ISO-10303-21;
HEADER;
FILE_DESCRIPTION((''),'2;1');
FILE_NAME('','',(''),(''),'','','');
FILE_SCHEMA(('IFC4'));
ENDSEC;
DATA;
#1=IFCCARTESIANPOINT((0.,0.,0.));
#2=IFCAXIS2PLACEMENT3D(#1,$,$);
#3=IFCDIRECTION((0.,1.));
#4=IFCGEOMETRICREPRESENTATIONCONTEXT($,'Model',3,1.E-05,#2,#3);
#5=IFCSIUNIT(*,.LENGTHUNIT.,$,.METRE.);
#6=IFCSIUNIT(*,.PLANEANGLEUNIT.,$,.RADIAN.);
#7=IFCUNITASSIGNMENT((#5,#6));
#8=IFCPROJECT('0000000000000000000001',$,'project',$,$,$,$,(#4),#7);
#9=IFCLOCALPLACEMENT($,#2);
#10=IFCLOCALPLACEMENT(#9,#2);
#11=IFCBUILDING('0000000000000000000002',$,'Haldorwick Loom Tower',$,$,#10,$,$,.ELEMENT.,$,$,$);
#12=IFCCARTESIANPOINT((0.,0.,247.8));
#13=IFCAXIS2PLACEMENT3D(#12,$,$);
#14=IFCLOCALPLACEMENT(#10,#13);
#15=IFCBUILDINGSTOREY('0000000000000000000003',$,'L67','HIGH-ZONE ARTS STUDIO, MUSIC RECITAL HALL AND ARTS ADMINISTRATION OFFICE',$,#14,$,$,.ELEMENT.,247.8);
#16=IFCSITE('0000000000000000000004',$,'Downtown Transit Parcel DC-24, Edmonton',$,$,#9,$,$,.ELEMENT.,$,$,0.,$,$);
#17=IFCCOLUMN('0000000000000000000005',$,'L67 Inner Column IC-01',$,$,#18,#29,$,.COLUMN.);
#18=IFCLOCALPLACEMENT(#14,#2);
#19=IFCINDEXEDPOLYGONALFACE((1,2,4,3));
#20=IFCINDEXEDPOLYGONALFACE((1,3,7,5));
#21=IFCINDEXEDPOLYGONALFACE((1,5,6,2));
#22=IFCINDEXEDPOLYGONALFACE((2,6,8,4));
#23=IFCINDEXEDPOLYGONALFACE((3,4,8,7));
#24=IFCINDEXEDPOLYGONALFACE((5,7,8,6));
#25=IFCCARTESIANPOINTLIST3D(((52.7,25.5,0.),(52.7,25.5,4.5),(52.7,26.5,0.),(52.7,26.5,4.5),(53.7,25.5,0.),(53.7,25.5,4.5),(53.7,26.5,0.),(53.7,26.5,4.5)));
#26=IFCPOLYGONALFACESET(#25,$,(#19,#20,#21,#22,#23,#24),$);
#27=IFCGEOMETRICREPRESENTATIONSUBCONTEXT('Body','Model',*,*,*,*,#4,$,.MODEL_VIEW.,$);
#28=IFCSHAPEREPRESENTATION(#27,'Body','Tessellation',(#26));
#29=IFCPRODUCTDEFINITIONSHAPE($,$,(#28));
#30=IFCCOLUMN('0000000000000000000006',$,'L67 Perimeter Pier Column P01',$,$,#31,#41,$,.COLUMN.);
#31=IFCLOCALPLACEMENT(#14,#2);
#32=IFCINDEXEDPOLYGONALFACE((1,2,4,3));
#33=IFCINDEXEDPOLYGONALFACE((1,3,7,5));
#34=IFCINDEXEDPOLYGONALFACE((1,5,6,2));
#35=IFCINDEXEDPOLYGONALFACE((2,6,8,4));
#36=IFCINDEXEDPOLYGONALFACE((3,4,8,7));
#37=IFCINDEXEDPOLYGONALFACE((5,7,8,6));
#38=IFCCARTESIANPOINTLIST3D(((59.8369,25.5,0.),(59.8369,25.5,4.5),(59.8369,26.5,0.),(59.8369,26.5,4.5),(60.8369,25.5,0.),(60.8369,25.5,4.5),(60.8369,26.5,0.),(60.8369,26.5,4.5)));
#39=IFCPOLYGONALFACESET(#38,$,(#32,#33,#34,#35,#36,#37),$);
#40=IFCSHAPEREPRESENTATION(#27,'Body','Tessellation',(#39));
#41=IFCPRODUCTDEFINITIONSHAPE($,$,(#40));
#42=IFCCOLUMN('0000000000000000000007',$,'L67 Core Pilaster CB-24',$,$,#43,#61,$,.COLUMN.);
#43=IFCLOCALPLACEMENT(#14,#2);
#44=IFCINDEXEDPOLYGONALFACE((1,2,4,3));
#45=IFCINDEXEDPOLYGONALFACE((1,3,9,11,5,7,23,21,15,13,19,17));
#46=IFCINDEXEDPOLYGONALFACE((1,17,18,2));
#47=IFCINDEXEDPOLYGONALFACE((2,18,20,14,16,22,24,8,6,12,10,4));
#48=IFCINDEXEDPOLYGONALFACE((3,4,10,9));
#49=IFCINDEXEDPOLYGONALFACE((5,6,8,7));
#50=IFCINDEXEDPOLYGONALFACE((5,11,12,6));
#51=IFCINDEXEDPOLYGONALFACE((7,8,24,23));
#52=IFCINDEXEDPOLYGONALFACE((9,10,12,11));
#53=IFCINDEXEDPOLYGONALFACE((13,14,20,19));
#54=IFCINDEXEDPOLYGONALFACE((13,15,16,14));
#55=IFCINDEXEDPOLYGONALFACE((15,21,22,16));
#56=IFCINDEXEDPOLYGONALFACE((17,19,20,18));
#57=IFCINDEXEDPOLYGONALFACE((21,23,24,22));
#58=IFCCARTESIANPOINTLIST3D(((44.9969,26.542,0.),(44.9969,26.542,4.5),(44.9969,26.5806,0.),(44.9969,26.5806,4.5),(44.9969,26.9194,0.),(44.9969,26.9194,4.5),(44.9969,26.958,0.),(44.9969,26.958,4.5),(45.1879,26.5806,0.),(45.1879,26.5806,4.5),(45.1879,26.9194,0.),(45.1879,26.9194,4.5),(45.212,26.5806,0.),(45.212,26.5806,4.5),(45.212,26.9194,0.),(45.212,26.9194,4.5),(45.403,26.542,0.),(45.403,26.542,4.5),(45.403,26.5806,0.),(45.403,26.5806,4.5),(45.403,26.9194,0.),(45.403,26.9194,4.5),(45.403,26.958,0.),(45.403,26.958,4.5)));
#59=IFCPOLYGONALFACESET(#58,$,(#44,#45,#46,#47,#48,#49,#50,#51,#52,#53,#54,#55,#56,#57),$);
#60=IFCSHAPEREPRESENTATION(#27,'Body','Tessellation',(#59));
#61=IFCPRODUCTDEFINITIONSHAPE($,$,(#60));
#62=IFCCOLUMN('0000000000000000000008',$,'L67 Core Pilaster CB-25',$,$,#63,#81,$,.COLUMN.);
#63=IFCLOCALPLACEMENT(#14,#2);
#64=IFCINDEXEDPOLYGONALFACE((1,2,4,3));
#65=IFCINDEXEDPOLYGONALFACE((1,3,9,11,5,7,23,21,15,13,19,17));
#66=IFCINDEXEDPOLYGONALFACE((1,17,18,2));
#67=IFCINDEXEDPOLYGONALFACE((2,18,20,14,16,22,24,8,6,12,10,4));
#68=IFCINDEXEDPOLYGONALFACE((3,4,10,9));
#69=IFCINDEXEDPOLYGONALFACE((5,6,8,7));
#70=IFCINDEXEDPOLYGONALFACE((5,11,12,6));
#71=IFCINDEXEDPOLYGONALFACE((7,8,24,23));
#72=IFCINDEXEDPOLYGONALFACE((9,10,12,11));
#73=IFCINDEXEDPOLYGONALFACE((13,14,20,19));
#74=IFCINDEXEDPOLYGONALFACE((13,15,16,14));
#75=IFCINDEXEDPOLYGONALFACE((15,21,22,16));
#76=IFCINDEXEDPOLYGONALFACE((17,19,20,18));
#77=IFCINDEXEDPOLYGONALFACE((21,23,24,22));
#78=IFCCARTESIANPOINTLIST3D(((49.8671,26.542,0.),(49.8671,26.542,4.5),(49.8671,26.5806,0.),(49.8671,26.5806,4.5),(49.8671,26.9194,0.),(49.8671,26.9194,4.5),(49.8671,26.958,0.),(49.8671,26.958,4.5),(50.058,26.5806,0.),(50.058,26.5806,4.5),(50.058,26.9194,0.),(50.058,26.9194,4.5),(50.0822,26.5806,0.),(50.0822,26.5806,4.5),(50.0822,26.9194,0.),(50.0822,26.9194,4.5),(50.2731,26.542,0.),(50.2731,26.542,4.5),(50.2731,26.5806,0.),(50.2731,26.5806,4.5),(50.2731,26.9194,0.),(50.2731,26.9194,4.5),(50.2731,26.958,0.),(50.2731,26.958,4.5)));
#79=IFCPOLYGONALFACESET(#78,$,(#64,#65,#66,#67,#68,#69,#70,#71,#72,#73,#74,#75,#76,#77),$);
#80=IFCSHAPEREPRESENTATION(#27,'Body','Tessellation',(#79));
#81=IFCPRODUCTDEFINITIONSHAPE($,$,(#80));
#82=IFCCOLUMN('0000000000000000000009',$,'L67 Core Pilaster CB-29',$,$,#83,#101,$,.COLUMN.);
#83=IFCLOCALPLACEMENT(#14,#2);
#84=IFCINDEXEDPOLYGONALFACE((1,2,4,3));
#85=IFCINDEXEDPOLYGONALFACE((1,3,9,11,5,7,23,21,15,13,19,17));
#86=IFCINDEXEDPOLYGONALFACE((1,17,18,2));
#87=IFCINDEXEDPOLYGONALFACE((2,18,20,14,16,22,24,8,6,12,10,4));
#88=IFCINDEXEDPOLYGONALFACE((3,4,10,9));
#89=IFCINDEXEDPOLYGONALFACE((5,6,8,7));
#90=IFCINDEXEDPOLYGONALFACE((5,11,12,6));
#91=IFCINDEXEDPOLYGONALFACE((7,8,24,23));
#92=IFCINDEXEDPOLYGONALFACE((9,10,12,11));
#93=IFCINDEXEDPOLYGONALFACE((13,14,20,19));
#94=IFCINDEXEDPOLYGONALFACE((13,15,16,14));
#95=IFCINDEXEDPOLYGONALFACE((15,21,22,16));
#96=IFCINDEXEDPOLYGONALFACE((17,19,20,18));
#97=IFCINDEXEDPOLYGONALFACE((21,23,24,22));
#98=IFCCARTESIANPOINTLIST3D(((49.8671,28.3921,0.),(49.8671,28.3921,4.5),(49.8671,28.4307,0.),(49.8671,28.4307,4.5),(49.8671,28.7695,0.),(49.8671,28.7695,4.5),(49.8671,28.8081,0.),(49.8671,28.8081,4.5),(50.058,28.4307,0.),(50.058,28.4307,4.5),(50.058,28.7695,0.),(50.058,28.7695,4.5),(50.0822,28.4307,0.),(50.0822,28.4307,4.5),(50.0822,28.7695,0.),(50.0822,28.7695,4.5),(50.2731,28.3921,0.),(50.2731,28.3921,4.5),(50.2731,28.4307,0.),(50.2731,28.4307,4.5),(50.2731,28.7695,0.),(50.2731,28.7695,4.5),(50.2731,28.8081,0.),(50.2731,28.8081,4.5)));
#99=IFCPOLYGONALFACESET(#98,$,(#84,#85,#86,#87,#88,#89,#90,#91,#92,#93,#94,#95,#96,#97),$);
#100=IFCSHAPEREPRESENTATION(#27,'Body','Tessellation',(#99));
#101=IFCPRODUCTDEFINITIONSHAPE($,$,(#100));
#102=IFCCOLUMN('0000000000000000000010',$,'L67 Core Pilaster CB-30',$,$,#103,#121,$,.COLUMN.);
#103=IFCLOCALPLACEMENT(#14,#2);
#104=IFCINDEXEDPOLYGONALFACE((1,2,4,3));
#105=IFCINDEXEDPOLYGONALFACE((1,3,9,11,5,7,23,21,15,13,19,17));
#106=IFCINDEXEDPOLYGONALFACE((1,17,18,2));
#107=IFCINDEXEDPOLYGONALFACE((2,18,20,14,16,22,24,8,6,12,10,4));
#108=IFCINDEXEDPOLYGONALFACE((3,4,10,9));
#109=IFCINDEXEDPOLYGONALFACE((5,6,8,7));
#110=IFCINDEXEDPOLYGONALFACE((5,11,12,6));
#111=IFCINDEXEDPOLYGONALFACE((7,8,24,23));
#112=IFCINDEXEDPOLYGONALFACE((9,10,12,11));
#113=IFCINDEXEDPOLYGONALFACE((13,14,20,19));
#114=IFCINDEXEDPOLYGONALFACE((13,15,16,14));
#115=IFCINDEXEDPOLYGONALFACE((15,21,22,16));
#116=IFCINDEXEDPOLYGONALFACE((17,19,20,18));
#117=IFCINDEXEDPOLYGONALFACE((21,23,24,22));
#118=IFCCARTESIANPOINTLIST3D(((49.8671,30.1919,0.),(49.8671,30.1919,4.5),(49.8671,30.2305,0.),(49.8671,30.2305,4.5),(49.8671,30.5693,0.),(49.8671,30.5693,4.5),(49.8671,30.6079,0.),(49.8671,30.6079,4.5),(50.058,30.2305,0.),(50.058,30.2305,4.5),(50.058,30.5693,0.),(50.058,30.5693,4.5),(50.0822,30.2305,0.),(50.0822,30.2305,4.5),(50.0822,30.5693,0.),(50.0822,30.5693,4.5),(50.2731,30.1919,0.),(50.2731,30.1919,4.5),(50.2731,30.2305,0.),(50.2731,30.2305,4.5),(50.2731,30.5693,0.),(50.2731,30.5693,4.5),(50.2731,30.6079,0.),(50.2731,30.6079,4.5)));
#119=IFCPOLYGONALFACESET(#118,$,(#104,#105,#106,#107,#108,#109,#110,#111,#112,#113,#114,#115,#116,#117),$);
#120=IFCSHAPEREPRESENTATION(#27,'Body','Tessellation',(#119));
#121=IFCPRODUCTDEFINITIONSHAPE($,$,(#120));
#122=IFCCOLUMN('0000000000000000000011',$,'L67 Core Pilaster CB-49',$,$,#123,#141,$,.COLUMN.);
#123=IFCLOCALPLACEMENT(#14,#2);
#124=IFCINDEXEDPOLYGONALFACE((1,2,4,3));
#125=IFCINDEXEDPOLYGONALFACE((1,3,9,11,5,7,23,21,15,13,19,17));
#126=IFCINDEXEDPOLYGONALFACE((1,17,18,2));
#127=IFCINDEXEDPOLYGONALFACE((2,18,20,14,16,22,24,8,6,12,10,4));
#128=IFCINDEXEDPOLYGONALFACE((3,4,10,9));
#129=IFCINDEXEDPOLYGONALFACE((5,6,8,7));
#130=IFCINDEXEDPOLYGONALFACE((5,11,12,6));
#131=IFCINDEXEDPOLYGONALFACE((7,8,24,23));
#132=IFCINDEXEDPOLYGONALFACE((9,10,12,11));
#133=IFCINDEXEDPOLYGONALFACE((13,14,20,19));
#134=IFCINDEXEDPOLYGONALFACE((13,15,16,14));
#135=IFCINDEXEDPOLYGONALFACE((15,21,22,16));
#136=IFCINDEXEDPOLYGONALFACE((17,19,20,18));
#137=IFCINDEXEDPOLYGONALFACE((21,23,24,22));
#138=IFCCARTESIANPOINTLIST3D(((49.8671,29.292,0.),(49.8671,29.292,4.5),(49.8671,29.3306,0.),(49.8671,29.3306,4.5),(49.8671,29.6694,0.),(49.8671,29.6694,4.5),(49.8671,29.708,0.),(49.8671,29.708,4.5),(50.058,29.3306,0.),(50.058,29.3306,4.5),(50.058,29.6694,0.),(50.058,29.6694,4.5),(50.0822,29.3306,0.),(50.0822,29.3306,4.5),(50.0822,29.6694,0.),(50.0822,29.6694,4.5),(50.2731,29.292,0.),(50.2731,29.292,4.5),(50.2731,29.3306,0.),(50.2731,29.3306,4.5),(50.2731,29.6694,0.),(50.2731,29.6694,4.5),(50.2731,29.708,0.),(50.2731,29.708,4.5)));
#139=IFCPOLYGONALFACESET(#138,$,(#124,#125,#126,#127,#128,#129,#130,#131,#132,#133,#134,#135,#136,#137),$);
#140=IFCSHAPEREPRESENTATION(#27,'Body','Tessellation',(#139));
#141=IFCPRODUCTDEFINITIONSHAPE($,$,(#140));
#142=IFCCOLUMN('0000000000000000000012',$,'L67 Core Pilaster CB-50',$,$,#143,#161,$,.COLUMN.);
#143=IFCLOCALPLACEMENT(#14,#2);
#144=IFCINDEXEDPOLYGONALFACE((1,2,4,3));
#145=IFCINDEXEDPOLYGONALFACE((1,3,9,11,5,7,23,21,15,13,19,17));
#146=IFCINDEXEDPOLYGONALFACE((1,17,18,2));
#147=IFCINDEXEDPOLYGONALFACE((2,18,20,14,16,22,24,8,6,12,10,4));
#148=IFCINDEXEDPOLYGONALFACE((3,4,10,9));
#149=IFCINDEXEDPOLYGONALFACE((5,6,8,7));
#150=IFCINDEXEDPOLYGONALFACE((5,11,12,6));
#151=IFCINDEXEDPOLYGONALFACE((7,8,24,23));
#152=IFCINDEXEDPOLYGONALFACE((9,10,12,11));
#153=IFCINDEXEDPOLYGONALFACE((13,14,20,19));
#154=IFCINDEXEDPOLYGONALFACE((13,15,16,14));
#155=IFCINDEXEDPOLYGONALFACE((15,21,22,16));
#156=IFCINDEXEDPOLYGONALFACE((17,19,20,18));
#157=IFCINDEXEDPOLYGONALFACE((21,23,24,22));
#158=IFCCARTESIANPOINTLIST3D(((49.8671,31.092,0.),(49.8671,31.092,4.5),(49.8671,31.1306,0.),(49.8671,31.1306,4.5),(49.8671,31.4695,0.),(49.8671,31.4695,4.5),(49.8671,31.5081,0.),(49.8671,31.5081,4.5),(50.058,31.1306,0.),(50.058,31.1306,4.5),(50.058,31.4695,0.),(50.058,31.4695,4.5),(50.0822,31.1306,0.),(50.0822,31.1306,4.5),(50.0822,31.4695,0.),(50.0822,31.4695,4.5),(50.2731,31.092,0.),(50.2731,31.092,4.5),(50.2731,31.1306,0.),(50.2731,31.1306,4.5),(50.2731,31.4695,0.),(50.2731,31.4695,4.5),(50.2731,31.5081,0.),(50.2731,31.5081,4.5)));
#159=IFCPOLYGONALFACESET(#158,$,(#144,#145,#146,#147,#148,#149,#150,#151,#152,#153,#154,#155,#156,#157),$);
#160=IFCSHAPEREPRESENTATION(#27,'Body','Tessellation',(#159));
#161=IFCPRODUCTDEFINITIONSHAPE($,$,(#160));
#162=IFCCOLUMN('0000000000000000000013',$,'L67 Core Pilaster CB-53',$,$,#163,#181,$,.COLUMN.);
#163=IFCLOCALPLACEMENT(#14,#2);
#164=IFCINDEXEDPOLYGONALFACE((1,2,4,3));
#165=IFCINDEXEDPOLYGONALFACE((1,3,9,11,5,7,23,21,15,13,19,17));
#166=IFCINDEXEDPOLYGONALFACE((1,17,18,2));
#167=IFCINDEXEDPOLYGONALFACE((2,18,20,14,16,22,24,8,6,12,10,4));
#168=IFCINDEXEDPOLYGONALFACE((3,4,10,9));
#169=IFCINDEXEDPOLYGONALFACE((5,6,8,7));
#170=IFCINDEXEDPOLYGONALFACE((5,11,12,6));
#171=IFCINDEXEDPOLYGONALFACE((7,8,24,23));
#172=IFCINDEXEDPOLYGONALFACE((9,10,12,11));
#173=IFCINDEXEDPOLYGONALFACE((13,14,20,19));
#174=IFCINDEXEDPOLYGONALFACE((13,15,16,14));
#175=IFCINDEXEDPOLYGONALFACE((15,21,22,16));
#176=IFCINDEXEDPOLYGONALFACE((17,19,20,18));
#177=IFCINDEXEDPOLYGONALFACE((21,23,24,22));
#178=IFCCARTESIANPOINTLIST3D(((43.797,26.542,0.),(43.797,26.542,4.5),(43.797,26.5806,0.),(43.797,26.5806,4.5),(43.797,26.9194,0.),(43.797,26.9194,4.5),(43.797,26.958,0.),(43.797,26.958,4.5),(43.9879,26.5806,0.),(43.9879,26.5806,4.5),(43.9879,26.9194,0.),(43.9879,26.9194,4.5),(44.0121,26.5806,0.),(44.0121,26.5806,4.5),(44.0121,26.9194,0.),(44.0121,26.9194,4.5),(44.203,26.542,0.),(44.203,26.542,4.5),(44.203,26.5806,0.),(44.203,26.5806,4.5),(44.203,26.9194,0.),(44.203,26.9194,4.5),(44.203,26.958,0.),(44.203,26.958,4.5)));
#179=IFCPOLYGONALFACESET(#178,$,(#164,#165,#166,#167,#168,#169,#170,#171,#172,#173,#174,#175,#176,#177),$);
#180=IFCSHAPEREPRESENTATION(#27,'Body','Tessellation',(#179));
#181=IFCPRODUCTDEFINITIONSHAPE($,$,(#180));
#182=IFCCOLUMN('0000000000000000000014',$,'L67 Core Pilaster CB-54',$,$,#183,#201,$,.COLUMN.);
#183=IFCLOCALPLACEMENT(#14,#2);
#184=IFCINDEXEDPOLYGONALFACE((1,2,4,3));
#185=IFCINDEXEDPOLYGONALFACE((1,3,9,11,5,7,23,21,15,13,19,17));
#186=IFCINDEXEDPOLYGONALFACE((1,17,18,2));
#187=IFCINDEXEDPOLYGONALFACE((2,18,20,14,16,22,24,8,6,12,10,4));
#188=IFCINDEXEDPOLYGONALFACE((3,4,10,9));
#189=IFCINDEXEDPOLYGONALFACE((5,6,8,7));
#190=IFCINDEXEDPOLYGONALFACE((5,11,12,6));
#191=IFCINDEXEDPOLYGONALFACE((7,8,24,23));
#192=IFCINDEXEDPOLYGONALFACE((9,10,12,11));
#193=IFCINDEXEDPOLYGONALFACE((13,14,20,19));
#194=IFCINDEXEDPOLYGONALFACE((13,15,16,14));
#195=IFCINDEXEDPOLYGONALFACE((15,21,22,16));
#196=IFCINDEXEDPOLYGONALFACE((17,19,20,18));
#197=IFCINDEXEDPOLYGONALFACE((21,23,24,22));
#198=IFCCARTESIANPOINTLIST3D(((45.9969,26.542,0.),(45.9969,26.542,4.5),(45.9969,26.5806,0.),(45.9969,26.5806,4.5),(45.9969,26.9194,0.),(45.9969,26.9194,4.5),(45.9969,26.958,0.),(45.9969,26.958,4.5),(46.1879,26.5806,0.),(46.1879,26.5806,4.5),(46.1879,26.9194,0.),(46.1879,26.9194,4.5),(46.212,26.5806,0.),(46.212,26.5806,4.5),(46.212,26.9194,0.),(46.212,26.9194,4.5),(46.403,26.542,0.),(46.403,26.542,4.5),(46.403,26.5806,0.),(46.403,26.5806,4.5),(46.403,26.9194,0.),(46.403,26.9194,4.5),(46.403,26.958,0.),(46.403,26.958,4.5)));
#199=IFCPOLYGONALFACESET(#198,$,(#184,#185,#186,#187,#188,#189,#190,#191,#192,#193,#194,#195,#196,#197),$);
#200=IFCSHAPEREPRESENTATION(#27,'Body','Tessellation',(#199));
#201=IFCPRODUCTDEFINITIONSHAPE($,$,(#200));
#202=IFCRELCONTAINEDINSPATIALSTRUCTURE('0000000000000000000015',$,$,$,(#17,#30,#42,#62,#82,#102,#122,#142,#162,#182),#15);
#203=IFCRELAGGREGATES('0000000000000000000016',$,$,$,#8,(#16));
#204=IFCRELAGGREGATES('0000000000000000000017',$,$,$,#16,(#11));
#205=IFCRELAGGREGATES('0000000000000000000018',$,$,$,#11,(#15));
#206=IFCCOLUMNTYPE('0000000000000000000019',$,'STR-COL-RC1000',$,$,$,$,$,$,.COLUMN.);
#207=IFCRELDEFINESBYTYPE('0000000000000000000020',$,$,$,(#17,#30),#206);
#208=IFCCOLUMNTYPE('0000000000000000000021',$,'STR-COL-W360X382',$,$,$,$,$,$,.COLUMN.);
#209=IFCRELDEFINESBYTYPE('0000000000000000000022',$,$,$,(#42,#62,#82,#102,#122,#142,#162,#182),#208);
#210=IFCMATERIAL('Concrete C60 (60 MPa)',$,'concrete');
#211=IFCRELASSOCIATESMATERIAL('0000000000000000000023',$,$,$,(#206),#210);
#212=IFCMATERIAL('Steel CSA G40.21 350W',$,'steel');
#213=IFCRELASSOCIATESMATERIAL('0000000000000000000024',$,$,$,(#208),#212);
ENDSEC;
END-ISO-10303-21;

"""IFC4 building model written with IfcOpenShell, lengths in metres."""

from ifc_helpers import new_model, si_unit, direction, frame, origin, origin_2d, place, context, subcontext, project, spatial, rectangle, i_section, extrude, material, material_profile, profile_set, type_object, element, save


model = new_model("IFC4")

# Units and contexts
model_context = context("Model", 3, precision=1e-05, world=origin(), true_north=direction((0.0, 1.0)))
body_context = subcontext(model_context, "Body", "Model", "MODEL_VIEW")
ifc_project = project(units=[si_unit("LENGTHUNIT", "METRE"), si_unit("PLANEANGLEUNIT", "RADIAN")], contexts=[model_context])

# Site, building, storey
site_placement = place(None, origin())
site = spatial("IfcSite", under=ifc_project, at=site_placement, Name="Downtown Transit Parcel DC-24, Edmonton", CompositionType="ELEMENT", RefElevation=0.0)
building_placement = place(site_placement, origin())
building = spatial("IfcBuilding", under=site, at=building_placement, Name="Haldorwick Loom Tower", CompositionType="ELEMENT")
storey_placement = place(building_placement, frame((0.0, 0.0, 247.8)))
storey = spatial("IfcBuildingStorey", under=building, at=storey_placement, Name="L67", Description="HIGH-ZONE ARTS STUDIO, MUSIC RECITAL HALL AND ARTS ADMINISTRATION OFFICE", CompositionType="ELEMENT", Elevation=247.8)

# Columns
ifc_material_1 = material(Name="Concrete C60 (60 MPa)", Category="concrete")
ifc_material_profile_1 = material_profile(ifc_material_1, rectangle(XDim=1.0, YDim=1.0, at=origin_2d()), Name="RC1000X1000", Category="concrete")
ifc_profile_set_1 = profile_set([ifc_material_profile_1], Name="Concrete C60 (60 MPa)")
column_type_1 = type_object("IfcColumnType", Name="STR-COL-RC1000", PredefinedType="COLUMN", material=ifc_profile_set_1)
for number, where, z_axis, x_axis, name in (
    (1, (53.2, 26.0, 0.0), (0.0, 0.0, 1.0), (1.0, 0.0, 0.0), "L67 Inner Column IC-01"),
    (2, (60.3369, 26.0, 0.0), (0.0, 0.0, 1.0), (1.0, 0.0, 0.0), "L67 Perimeter Pier Column P01"),
):
    element("IfcColumn", number, at=place(storey_placement, frame(where, z_axis=z_axis, x_axis=x_axis)), inside=storey, type_object=column_type_1, Name=name, PredefinedType="COLUMN", context=body_context, shape_type="SweptSolid", body=[
        extrude(rectangle(XDim=1.0, YDim=1.0, at=origin_2d()), origin(), (0.0, 0.0, 1.0), 4.5),
    ])
ifc_material_2 = material(Name="Steel CSA G40.21 350W", Category="steel")
ifc_material_profile_2 = material_profile(ifc_material_2, i_section(OverallWidth=0.406, OverallDepth=0.416, WebThickness=0.0242, FlangeThickness=0.0386, at=origin_2d()), Name="W360X382", Category="steel")
ifc_profile_set_2 = profile_set([ifc_material_profile_2], Name="Steel CSA G40.21 350W")
column_type_2 = type_object("IfcColumnType", Name="STR-COL-W360X382", PredefinedType="COLUMN", material=ifc_profile_set_2)
for number, where, z_axis, x_axis, name in (
    (3, (45.2, 26.75, 0.0), (0.0, 0.0, 1.0), (1.0, 0.0, 0.0), "L67 Core Pilaster CB-24"),
    (4, (50.0701, 26.75, 0.0), (0.0, 0.0, 1.0), (1.0, 0.0, 0.0), "L67 Core Pilaster CB-25"),
    (5, (50.0701, 28.6001, 0.0), (0.0, 0.0, 1.0), (1.0, 0.0, 0.0), "L67 Core Pilaster CB-29"),
    (6, (50.0701, 30.3999, 0.0), (0.0, 0.0, 1.0), (1.0, 0.0, 0.0), "L67 Core Pilaster CB-30"),
    (7, (50.0701, 29.5, 0.0), (0.0, 0.0, 1.0), (1.0, 0.0, 0.0), "L67 Core Pilaster CB-49"),
    (8, (50.0701, 31.3, 0.0), (0.0, 0.0, 1.0), (1.0, 0.0, 0.0), "L67 Core Pilaster CB-50"),
    (9, (44.0, 26.75, 0.0), (0.0, 0.0, 1.0), (1.0, 0.0, 0.0), "L67 Core Pilaster CB-53"),
    (10, (46.2, 26.75, 0.0), (0.0, 0.0, 1.0), (1.0, 0.0, 0.0), "L67 Core Pilaster CB-54"),
):
    element("IfcColumn", number, at=place(storey_placement, frame(where, z_axis=z_axis, x_axis=x_axis)), inside=storey, type_object=column_type_2, Name=name, PredefinedType="COLUMN", context=body_context, shape_type="SweptSolid", body=[
        extrude(i_section(OverallWidth=0.406, OverallDepth=0.416, WebThickness=0.0242, FlangeThickness=0.0386, at=origin_2d()), origin(), (0.0, 0.0, 1.0), 4.5),
    ])

save(model, "model.ifc")
